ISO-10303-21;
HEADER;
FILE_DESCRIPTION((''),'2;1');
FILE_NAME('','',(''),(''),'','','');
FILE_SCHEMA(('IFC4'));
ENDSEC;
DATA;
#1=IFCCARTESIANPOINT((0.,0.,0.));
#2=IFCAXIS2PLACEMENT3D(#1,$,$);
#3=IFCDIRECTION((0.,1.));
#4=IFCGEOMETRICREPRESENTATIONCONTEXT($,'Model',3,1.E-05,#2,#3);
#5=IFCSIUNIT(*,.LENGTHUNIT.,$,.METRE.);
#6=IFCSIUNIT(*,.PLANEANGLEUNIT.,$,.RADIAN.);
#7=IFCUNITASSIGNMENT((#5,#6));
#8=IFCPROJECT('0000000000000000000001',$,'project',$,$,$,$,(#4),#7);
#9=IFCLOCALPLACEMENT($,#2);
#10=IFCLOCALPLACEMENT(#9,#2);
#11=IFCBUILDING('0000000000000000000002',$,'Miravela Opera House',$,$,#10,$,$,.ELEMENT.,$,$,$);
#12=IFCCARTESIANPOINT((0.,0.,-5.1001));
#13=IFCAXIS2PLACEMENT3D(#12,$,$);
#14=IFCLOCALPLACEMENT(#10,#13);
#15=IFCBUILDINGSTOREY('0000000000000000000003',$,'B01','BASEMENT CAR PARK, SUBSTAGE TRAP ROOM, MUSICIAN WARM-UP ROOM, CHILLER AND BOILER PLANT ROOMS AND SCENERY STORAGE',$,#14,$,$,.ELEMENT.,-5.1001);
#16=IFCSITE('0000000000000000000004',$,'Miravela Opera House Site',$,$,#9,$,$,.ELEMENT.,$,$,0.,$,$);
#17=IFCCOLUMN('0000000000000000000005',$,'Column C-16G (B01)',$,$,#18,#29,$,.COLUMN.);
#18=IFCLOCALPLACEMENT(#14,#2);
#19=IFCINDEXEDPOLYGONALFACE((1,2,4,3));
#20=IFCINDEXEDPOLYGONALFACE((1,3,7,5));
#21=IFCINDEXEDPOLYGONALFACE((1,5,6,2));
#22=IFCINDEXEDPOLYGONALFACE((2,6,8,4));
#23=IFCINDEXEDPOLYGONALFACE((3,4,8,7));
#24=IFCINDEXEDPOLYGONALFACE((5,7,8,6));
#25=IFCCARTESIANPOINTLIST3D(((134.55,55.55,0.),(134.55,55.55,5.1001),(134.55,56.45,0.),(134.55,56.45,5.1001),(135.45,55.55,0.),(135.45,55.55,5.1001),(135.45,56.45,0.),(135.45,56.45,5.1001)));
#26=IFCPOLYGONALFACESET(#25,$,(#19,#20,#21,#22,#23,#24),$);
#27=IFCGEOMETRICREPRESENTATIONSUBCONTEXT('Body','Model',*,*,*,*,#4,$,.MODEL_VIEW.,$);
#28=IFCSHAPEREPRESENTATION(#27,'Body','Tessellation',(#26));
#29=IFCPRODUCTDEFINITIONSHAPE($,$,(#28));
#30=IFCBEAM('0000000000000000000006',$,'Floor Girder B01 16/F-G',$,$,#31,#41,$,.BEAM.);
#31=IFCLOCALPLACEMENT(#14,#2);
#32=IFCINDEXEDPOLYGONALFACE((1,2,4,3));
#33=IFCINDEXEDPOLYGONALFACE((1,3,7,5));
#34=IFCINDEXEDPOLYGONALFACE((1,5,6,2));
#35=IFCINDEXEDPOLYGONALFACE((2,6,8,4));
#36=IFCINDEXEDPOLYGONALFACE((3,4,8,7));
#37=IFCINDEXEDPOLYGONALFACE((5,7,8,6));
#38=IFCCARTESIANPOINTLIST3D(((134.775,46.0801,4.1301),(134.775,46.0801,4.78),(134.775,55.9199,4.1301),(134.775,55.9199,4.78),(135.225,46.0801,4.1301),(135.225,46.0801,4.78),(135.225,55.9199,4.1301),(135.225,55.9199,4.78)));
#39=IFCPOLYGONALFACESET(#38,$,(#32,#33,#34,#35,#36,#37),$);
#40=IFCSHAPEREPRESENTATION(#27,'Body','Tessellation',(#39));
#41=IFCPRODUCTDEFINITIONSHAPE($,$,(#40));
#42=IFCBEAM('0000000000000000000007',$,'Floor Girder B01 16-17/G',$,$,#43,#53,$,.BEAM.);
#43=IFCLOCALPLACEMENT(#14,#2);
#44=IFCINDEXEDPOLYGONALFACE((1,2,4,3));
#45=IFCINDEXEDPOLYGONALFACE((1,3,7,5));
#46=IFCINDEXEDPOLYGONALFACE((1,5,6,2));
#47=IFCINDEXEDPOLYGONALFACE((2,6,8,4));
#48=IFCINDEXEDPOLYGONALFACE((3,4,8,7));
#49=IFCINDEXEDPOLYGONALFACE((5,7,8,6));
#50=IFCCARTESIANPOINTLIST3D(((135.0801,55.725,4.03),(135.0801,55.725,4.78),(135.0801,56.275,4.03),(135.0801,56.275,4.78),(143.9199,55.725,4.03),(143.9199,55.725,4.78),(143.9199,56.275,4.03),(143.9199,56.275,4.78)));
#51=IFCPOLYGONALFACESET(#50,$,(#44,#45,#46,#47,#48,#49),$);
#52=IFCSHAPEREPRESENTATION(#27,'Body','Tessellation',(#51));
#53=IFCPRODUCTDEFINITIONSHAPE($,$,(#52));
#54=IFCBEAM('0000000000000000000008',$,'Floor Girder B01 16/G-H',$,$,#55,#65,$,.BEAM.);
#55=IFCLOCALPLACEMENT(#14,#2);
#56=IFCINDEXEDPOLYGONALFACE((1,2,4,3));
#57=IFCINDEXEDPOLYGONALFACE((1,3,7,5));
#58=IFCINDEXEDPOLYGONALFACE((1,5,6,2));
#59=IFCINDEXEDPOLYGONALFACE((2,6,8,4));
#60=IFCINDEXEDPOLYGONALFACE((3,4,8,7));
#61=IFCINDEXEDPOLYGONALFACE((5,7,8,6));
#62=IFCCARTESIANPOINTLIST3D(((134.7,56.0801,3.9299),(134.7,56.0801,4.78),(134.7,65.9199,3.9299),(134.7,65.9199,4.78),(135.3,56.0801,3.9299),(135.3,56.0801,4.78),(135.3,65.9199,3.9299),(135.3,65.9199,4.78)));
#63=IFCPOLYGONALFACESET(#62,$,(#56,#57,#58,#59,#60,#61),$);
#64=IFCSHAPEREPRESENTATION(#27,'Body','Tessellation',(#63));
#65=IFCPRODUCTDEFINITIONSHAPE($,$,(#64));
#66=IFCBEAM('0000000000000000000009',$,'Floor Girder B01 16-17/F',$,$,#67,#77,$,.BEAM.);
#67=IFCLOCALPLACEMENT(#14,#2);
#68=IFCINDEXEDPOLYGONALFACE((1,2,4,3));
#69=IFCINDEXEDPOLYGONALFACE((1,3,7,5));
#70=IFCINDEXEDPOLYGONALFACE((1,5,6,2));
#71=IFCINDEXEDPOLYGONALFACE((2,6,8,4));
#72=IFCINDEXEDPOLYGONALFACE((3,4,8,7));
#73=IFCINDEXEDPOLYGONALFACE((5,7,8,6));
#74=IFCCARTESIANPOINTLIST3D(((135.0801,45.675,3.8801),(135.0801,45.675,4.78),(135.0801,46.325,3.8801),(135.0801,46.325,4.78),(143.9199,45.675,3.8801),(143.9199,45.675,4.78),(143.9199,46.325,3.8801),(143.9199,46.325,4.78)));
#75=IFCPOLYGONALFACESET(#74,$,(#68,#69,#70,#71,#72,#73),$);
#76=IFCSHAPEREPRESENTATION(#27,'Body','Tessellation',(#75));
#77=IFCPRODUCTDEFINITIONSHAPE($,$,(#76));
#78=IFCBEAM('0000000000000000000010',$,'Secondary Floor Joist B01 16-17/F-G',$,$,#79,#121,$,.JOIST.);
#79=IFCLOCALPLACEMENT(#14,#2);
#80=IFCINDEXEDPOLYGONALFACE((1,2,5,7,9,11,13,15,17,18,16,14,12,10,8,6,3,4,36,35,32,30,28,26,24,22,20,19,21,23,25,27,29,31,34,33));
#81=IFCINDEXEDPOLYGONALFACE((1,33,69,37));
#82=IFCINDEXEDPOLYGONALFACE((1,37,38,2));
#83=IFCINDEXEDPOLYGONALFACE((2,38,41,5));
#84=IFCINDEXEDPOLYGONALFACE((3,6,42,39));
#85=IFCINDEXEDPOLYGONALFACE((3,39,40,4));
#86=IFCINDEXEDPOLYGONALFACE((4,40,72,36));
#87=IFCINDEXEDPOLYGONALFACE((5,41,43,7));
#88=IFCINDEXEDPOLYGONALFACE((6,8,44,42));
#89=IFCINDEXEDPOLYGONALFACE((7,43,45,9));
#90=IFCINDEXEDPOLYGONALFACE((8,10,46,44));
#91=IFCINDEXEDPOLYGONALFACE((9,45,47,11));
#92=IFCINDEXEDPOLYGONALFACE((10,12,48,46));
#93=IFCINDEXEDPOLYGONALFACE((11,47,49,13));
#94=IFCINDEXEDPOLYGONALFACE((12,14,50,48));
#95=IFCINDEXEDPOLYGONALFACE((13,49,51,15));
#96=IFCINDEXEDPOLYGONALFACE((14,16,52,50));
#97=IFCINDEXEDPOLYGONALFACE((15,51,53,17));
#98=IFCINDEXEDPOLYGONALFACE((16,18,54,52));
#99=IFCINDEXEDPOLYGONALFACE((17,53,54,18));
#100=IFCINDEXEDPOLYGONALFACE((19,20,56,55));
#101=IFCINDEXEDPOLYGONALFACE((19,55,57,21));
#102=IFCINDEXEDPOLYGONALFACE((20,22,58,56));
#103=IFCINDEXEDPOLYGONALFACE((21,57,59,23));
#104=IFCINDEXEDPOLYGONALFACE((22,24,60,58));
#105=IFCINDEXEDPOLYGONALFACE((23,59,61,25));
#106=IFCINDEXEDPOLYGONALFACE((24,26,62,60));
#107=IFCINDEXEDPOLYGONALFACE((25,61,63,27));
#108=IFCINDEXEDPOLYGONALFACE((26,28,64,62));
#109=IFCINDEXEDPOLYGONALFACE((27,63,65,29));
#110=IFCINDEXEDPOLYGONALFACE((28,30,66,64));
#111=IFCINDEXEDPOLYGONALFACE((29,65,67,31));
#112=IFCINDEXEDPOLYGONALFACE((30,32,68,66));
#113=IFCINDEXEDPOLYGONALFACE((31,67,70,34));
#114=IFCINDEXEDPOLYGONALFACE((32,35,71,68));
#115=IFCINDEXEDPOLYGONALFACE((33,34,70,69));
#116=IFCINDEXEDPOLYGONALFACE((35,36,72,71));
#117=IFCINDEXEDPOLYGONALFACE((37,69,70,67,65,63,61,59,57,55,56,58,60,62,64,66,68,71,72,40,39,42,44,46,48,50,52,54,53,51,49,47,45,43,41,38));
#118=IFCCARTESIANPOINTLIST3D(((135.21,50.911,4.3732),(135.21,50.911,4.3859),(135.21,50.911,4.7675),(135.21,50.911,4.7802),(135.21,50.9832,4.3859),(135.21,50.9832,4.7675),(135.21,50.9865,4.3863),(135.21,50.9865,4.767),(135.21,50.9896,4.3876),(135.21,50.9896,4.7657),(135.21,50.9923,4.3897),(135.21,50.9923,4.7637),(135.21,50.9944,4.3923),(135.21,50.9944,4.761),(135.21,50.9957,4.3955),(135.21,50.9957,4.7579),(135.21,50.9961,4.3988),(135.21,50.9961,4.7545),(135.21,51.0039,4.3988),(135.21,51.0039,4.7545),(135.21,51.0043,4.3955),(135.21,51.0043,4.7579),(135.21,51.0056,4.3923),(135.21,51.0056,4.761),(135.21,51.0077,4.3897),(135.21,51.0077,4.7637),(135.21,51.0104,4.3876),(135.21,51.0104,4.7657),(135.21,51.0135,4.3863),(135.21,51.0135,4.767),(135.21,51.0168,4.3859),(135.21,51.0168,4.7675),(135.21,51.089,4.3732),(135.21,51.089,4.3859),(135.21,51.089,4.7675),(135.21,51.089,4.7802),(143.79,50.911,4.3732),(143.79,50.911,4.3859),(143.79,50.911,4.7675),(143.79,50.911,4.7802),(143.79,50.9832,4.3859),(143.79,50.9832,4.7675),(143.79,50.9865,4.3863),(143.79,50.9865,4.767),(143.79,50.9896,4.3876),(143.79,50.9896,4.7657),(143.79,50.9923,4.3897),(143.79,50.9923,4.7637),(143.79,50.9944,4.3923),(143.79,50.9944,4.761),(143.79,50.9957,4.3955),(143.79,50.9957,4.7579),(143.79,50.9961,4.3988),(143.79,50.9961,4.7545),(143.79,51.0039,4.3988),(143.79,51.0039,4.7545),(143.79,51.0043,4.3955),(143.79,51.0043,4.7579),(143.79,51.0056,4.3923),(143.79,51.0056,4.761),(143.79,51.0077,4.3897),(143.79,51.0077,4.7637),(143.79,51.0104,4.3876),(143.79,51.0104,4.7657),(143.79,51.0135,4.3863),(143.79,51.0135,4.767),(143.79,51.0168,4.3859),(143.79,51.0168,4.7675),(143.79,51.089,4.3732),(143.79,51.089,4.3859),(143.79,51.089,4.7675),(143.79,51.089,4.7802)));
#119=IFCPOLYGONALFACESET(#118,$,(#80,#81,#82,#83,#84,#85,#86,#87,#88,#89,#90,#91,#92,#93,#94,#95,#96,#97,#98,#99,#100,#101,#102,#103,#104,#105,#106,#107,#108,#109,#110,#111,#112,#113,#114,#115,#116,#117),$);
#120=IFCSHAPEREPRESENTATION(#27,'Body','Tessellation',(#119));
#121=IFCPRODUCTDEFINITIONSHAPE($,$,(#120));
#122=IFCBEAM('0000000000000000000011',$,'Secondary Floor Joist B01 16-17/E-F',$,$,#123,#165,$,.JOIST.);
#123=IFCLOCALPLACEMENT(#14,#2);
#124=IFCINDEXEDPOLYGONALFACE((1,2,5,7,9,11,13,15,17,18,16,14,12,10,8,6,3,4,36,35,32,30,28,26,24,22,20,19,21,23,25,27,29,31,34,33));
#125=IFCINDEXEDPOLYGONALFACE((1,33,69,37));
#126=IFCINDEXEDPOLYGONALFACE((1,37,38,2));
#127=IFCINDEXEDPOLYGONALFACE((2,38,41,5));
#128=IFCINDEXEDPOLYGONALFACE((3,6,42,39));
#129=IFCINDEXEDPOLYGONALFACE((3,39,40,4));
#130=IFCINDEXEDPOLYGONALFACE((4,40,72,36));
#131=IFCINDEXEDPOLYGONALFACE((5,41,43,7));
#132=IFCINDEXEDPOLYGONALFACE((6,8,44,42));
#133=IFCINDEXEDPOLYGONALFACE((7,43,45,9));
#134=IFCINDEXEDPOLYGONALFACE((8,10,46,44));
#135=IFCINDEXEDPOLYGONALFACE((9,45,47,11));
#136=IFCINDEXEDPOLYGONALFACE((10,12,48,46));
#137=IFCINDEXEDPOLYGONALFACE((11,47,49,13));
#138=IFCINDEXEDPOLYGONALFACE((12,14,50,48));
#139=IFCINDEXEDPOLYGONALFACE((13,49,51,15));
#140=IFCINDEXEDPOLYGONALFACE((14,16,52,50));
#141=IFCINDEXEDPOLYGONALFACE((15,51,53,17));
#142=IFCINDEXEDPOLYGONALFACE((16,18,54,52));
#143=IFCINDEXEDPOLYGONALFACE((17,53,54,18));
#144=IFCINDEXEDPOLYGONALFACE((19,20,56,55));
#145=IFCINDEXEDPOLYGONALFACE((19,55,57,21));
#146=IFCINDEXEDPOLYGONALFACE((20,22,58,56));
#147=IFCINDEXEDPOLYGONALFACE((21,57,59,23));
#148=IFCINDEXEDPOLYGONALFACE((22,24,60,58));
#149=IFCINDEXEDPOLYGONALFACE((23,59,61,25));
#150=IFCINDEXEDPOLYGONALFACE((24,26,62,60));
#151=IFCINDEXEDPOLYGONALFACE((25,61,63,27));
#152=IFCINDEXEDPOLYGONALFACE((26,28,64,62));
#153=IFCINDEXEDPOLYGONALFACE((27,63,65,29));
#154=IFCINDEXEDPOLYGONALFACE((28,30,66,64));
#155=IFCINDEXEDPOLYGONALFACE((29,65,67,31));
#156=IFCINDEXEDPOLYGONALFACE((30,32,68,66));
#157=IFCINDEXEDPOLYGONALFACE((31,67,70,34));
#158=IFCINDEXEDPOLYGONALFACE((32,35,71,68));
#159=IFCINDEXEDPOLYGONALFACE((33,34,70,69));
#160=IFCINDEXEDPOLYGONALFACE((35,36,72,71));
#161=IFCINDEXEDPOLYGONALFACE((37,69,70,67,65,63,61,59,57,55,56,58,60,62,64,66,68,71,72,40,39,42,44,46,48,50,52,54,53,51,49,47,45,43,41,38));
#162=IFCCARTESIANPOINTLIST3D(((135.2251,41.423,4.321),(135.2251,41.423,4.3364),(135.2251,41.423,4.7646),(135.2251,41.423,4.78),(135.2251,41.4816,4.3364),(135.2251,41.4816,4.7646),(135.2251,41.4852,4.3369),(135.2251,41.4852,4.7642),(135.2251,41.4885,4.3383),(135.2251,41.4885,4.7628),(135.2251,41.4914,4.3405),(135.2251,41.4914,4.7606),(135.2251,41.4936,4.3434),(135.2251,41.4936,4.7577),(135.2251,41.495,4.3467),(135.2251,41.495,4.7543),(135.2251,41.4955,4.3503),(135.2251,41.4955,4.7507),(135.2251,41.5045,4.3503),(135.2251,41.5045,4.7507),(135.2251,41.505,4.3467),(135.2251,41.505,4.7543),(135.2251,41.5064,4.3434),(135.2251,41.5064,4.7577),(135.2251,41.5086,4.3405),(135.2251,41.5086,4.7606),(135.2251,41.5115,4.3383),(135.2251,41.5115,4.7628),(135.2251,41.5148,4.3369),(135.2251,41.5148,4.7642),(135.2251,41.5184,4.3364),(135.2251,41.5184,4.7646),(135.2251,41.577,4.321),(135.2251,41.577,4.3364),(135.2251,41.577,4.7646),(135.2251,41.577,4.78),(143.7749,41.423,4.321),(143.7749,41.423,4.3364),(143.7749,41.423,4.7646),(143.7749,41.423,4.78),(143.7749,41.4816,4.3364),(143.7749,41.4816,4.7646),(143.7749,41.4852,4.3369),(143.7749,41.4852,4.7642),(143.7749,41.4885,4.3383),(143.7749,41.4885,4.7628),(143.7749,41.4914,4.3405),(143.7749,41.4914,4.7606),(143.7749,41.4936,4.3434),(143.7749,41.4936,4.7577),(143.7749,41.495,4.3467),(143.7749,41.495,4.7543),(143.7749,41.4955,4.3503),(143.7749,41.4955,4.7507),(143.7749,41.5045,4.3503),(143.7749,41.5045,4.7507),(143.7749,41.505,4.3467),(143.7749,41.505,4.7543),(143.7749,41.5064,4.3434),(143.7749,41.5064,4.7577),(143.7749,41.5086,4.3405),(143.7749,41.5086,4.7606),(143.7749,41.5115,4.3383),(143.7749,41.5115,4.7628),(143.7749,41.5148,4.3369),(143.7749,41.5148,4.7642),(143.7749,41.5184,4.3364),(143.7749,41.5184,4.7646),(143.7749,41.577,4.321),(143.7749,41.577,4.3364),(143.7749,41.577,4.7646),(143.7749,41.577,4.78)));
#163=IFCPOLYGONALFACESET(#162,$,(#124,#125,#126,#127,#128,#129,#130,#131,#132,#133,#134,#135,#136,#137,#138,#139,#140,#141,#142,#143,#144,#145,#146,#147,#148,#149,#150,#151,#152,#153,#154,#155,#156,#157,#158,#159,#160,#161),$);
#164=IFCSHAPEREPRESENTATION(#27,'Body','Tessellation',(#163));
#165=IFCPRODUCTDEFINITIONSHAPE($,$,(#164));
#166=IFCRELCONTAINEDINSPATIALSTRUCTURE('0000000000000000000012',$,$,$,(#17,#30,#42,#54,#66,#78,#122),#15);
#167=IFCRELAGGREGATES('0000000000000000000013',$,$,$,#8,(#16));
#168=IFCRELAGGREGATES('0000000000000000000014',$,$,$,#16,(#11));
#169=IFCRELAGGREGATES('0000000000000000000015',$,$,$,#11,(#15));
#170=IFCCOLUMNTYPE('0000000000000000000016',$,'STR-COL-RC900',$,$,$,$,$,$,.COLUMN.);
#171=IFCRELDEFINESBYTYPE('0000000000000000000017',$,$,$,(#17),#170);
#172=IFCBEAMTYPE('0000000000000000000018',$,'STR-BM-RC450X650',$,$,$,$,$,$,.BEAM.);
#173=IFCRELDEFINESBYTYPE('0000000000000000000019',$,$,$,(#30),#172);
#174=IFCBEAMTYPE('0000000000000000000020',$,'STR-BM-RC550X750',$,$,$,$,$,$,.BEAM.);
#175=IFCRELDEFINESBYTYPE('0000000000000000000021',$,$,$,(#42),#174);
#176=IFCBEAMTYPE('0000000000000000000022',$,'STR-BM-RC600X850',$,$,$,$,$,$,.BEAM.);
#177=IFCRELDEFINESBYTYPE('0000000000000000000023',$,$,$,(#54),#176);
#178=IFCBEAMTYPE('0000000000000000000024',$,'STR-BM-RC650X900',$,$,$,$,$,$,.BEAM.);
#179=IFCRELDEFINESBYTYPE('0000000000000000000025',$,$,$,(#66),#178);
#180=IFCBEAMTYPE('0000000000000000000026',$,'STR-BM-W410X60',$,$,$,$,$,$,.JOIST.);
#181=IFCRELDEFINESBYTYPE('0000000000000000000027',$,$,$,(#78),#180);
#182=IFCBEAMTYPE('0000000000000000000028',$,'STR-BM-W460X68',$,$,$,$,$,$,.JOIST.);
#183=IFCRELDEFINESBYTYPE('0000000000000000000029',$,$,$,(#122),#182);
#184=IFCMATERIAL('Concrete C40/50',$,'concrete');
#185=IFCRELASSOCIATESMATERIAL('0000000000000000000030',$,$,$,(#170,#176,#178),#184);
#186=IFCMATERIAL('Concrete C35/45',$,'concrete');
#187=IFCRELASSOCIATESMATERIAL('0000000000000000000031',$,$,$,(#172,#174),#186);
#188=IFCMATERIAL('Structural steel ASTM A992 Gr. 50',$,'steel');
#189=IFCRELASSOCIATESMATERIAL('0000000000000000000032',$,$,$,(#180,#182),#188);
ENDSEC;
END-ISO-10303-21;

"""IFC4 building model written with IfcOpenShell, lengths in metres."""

from ifc_helpers import new_model, si_unit, direction, frame, origin, origin_2d, place, context, subcontext, project, spatial, rectangle, i_section, extrude, material, material_profile, profile_set, type_object, element, save


model = new_model("IFC4")

# Units and contexts
model_context = context("Model", 3, precision=1e-05, world=origin(), true_north=direction((0.0, 1.0)))
body_context = subcontext(model_context, "Body", "Model", "MODEL_VIEW")
ifc_project = project(units=[si_unit("LENGTHUNIT", "METRE"), si_unit("PLANEANGLEUNIT", "RADIAN")], contexts=[model_context])

# Site, building, storey
site_placement = place(None, origin())
site = spatial("IfcSite", under=ifc_project, at=site_placement, Name="Miravela Opera House Site", CompositionType="ELEMENT", RefElevation=0.0)
building_placement = place(site_placement, origin())
building = spatial("IfcBuilding", under=site, at=building_placement, Name="Miravela Opera House", CompositionType="ELEMENT")
storey_placement = place(building_placement, frame((0.0, 0.0, -5.1001)))
storey = spatial("IfcBuildingStorey", under=building, at=storey_placement, Name="B01", Description="BASEMENT CAR PARK, SUBSTAGE TRAP ROOM, MUSICIAN WARM-UP ROOM, CHILLER AND BOILER PLANT ROOMS AND SCENERY STORAGE", CompositionType="ELEMENT", Elevation=-5.1001)

# Shared definitions
ifc_material_1 = material(Name="Concrete C35/45", Category="concrete")

# Column
ifc_material_2 = material(Name="Concrete C40/50", Category="concrete")
ifc_material_profile_1 = material_profile(ifc_material_2, rectangle(XDim=0.8999, YDim=0.8999, at=origin_2d()), Name="RC-COL-900X900")
ifc_profile_set_1 = profile_set([ifc_material_profile_1])
column_type = type_object("IfcColumnType", Name="STR-COL-RC900", PredefinedType="COLUMN", material=ifc_profile_set_1)
for number, where, z_axis, x_axis, name in (
    (1, (135.0, 56.0, 0.0), (0.0, 0.0, 1.0), (1.0, 0.0, 0.0), "Column C-16G (B01)"),
):
    element("IfcColumn", number, at=place(storey_placement, frame(where, z_axis=z_axis, x_axis=x_axis)), inside=storey, type_object=column_type, Name=name, PredefinedType="COLUMN", context=body_context, shape_type="SweptSolid", body=[
        extrude(rectangle(XDim=0.8999, YDim=0.8999, at=origin_2d()), origin(), (0.0, 0.0, 1.0), 5.1001),
    ])

# Beams
ifc_material_profile_2 = material_profile(ifc_material_1, rectangle(XDim=0.45, YDim=0.6499, at=origin_2d()), Name="RC-BM-450X650")
ifc_profile_set_2 = profile_set([ifc_material_profile_2])
beam_type_1 = type_object("IfcBeamType", Name="STR-BM-RC450X650", PredefinedType="BEAM", material=ifc_profile_set_2)
beam_1_placement = place(storey_placement, frame((135.0, 46.0801, 4.4551), z_axis=(0.0, 1.0, 0.0), x_axis=(-1.0, 0.0, 0.0)))
element("IfcBeam", 2, at=beam_1_placement, inside=storey, type_object=beam_type_1, Name="Floor Girder B01 16/F-G", PredefinedType="BEAM", context=body_context, shape_type="SweptSolid", body=[
    extrude(rectangle(XDim=0.45, YDim=0.6499, at=origin_2d()), origin(), (0.0, 0.0, 1.0), 9.8398),
])
ifc_material_profile_3 = material_profile(ifc_material_1, rectangle(XDim=0.55, YDim=0.75, at=origin_2d()), Name="RC-BM-550X750")
ifc_profile_set_3 = profile_set([ifc_material_profile_3])
beam_type_2 = type_object("IfcBeamType", Name="STR-BM-RC550X750", PredefinedType="BEAM", material=ifc_profile_set_3)
beam_2_placement = place(storey_placement, frame((135.0801, 56.0, 4.405), z_axis=(1.0, 0.0, 0.0), x_axis=(0.0, 1.0, 0.0)))
element("IfcBeam", 3, at=beam_2_placement, inside=storey, type_object=beam_type_2, Name="Floor Girder B01 16-17/G", PredefinedType="BEAM", context=body_context, shape_type="SweptSolid", body=[
    extrude(rectangle(XDim=0.55, YDim=0.75, at=origin_2d()), origin(), (0.0, 0.0, 1.0), 8.8398),
])
ifc_material_profile_4 = material_profile(ifc_material_2, rectangle(XDim=0.6001, YDim=0.8501, at=origin_2d()), Name="RC-BM-600X850")
ifc_profile_set_4 = profile_set([ifc_material_profile_4])
beam_type_3 = type_object("IfcBeamType", Name="STR-BM-RC600X850", PredefinedType="BEAM", material=ifc_profile_set_4)
beam_3_placement = place(storey_placement, frame((135.0, 56.0801, 4.355), z_axis=(0.0, 1.0, 0.0), x_axis=(-1.0, 0.0, 0.0)))
element("IfcBeam", 4, at=beam_3_placement, inside=storey, type_object=beam_type_3, Name="Floor Girder B01 16/G-H", PredefinedType="BEAM", context=body_context, shape_type="SweptSolid", body=[
    extrude(rectangle(XDim=0.6001, YDim=0.8501, at=origin_2d()), origin(), (0.0, 0.0, 1.0), 9.8398),
])
ifc_material_profile_5 = material_profile(ifc_material_2, rectangle(XDim=0.6499, YDim=0.8999, at=origin_2d()), Name="RC-BM-650X900")
ifc_profile_set_5 = profile_set([ifc_material_profile_5])
beam_type_4 = type_object("IfcBeamType", Name="STR-BM-RC650X900", PredefinedType="BEAM", material=ifc_profile_set_5)
beam_4_placement = place(storey_placement, frame((135.0801, 46.0, 4.3301), z_axis=(1.0, 0.0, 0.0), x_axis=(0.0, 1.0, 0.0)))
element("IfcBeam", 5, at=beam_4_placement, inside=storey, type_object=beam_type_4, Name="Floor Girder B01 16-17/F", PredefinedType="BEAM", context=body_context, shape_type="SweptSolid", body=[
    extrude(rectangle(XDim=0.6499, YDim=0.8999, at=origin_2d()), origin(), (0.0, 0.0, 1.0), 8.8398),
])
ifc_material_3 = material(Name="Structural steel ASTM A992 Gr. 50", Category="steel")
ifc_material_profile_6 = material_profile(ifc_material_3, i_section(OverallWidth=0.178, OverallDepth=0.407, WebThickness=0.0078, FlangeThickness=0.0127, FilletRadius=0.0129, at=origin_2d()), Name="W410X60")
ifc_profile_set_6 = profile_set([ifc_material_profile_6])
beam_type_5 = type_object("IfcBeamType", Name="STR-BM-W410X60", PredefinedType="JOIST", material=ifc_profile_set_6)
beam_5_placement = place(storey_placement, frame((135.21, 51.0, 4.5767), z_axis=(1.0, 0.0, 0.0), x_axis=(0.0, 1.0, 0.0)))
element("IfcBeam", 6, at=beam_5_placement, inside=storey, type_object=beam_type_5, Name="Secondary Floor Joist B01 16-17/F-G", PredefinedType="JOIST", context=body_context, shape_type="SweptSolid", body=[
    extrude(i_section(OverallWidth=0.178, OverallDepth=0.407, WebThickness=0.0078, FlangeThickness=0.0127, FilletRadius=0.0129, at=origin_2d()), origin(), (0.0, 0.0, 1.0), 8.5801),
])
ifc_material_profile_7 = material_profile(ifc_material_3, i_section(OverallWidth=0.1541, OverallDepth=0.459, WebThickness=0.009, FlangeThickness=0.0154, FilletRadius=0.0139, at=origin_2d()), Name="W460X68")
ifc_profile_set_7 = profile_set([ifc_material_profile_7])
beam_type_6 = type_object("IfcBeamType", Name="STR-BM-W460X68", PredefinedType="JOIST", material=ifc_profile_set_7)
beam_6_placement = place(storey_placement, frame((135.2251, 41.5, 4.5505), z_axis=(1.0, 0.0, 0.0), x_axis=(0.0, 1.0, 0.0)))
element("IfcBeam", 7, at=beam_6_placement, inside=storey, type_object=beam_type_6, Name="Secondary Floor Joist B01 16-17/E-F", PredefinedType="JOIST", context=body_context, shape_type="SweptSolid", body=[
    extrude(i_section(OverallWidth=0.1541, OverallDepth=0.459, WebThickness=0.009, FlangeThickness=0.0154, FilletRadius=0.0139, at=origin_2d()), origin(), (0.0, 0.0, 1.0), 8.5498),
])

save(model, "model.ifc")
